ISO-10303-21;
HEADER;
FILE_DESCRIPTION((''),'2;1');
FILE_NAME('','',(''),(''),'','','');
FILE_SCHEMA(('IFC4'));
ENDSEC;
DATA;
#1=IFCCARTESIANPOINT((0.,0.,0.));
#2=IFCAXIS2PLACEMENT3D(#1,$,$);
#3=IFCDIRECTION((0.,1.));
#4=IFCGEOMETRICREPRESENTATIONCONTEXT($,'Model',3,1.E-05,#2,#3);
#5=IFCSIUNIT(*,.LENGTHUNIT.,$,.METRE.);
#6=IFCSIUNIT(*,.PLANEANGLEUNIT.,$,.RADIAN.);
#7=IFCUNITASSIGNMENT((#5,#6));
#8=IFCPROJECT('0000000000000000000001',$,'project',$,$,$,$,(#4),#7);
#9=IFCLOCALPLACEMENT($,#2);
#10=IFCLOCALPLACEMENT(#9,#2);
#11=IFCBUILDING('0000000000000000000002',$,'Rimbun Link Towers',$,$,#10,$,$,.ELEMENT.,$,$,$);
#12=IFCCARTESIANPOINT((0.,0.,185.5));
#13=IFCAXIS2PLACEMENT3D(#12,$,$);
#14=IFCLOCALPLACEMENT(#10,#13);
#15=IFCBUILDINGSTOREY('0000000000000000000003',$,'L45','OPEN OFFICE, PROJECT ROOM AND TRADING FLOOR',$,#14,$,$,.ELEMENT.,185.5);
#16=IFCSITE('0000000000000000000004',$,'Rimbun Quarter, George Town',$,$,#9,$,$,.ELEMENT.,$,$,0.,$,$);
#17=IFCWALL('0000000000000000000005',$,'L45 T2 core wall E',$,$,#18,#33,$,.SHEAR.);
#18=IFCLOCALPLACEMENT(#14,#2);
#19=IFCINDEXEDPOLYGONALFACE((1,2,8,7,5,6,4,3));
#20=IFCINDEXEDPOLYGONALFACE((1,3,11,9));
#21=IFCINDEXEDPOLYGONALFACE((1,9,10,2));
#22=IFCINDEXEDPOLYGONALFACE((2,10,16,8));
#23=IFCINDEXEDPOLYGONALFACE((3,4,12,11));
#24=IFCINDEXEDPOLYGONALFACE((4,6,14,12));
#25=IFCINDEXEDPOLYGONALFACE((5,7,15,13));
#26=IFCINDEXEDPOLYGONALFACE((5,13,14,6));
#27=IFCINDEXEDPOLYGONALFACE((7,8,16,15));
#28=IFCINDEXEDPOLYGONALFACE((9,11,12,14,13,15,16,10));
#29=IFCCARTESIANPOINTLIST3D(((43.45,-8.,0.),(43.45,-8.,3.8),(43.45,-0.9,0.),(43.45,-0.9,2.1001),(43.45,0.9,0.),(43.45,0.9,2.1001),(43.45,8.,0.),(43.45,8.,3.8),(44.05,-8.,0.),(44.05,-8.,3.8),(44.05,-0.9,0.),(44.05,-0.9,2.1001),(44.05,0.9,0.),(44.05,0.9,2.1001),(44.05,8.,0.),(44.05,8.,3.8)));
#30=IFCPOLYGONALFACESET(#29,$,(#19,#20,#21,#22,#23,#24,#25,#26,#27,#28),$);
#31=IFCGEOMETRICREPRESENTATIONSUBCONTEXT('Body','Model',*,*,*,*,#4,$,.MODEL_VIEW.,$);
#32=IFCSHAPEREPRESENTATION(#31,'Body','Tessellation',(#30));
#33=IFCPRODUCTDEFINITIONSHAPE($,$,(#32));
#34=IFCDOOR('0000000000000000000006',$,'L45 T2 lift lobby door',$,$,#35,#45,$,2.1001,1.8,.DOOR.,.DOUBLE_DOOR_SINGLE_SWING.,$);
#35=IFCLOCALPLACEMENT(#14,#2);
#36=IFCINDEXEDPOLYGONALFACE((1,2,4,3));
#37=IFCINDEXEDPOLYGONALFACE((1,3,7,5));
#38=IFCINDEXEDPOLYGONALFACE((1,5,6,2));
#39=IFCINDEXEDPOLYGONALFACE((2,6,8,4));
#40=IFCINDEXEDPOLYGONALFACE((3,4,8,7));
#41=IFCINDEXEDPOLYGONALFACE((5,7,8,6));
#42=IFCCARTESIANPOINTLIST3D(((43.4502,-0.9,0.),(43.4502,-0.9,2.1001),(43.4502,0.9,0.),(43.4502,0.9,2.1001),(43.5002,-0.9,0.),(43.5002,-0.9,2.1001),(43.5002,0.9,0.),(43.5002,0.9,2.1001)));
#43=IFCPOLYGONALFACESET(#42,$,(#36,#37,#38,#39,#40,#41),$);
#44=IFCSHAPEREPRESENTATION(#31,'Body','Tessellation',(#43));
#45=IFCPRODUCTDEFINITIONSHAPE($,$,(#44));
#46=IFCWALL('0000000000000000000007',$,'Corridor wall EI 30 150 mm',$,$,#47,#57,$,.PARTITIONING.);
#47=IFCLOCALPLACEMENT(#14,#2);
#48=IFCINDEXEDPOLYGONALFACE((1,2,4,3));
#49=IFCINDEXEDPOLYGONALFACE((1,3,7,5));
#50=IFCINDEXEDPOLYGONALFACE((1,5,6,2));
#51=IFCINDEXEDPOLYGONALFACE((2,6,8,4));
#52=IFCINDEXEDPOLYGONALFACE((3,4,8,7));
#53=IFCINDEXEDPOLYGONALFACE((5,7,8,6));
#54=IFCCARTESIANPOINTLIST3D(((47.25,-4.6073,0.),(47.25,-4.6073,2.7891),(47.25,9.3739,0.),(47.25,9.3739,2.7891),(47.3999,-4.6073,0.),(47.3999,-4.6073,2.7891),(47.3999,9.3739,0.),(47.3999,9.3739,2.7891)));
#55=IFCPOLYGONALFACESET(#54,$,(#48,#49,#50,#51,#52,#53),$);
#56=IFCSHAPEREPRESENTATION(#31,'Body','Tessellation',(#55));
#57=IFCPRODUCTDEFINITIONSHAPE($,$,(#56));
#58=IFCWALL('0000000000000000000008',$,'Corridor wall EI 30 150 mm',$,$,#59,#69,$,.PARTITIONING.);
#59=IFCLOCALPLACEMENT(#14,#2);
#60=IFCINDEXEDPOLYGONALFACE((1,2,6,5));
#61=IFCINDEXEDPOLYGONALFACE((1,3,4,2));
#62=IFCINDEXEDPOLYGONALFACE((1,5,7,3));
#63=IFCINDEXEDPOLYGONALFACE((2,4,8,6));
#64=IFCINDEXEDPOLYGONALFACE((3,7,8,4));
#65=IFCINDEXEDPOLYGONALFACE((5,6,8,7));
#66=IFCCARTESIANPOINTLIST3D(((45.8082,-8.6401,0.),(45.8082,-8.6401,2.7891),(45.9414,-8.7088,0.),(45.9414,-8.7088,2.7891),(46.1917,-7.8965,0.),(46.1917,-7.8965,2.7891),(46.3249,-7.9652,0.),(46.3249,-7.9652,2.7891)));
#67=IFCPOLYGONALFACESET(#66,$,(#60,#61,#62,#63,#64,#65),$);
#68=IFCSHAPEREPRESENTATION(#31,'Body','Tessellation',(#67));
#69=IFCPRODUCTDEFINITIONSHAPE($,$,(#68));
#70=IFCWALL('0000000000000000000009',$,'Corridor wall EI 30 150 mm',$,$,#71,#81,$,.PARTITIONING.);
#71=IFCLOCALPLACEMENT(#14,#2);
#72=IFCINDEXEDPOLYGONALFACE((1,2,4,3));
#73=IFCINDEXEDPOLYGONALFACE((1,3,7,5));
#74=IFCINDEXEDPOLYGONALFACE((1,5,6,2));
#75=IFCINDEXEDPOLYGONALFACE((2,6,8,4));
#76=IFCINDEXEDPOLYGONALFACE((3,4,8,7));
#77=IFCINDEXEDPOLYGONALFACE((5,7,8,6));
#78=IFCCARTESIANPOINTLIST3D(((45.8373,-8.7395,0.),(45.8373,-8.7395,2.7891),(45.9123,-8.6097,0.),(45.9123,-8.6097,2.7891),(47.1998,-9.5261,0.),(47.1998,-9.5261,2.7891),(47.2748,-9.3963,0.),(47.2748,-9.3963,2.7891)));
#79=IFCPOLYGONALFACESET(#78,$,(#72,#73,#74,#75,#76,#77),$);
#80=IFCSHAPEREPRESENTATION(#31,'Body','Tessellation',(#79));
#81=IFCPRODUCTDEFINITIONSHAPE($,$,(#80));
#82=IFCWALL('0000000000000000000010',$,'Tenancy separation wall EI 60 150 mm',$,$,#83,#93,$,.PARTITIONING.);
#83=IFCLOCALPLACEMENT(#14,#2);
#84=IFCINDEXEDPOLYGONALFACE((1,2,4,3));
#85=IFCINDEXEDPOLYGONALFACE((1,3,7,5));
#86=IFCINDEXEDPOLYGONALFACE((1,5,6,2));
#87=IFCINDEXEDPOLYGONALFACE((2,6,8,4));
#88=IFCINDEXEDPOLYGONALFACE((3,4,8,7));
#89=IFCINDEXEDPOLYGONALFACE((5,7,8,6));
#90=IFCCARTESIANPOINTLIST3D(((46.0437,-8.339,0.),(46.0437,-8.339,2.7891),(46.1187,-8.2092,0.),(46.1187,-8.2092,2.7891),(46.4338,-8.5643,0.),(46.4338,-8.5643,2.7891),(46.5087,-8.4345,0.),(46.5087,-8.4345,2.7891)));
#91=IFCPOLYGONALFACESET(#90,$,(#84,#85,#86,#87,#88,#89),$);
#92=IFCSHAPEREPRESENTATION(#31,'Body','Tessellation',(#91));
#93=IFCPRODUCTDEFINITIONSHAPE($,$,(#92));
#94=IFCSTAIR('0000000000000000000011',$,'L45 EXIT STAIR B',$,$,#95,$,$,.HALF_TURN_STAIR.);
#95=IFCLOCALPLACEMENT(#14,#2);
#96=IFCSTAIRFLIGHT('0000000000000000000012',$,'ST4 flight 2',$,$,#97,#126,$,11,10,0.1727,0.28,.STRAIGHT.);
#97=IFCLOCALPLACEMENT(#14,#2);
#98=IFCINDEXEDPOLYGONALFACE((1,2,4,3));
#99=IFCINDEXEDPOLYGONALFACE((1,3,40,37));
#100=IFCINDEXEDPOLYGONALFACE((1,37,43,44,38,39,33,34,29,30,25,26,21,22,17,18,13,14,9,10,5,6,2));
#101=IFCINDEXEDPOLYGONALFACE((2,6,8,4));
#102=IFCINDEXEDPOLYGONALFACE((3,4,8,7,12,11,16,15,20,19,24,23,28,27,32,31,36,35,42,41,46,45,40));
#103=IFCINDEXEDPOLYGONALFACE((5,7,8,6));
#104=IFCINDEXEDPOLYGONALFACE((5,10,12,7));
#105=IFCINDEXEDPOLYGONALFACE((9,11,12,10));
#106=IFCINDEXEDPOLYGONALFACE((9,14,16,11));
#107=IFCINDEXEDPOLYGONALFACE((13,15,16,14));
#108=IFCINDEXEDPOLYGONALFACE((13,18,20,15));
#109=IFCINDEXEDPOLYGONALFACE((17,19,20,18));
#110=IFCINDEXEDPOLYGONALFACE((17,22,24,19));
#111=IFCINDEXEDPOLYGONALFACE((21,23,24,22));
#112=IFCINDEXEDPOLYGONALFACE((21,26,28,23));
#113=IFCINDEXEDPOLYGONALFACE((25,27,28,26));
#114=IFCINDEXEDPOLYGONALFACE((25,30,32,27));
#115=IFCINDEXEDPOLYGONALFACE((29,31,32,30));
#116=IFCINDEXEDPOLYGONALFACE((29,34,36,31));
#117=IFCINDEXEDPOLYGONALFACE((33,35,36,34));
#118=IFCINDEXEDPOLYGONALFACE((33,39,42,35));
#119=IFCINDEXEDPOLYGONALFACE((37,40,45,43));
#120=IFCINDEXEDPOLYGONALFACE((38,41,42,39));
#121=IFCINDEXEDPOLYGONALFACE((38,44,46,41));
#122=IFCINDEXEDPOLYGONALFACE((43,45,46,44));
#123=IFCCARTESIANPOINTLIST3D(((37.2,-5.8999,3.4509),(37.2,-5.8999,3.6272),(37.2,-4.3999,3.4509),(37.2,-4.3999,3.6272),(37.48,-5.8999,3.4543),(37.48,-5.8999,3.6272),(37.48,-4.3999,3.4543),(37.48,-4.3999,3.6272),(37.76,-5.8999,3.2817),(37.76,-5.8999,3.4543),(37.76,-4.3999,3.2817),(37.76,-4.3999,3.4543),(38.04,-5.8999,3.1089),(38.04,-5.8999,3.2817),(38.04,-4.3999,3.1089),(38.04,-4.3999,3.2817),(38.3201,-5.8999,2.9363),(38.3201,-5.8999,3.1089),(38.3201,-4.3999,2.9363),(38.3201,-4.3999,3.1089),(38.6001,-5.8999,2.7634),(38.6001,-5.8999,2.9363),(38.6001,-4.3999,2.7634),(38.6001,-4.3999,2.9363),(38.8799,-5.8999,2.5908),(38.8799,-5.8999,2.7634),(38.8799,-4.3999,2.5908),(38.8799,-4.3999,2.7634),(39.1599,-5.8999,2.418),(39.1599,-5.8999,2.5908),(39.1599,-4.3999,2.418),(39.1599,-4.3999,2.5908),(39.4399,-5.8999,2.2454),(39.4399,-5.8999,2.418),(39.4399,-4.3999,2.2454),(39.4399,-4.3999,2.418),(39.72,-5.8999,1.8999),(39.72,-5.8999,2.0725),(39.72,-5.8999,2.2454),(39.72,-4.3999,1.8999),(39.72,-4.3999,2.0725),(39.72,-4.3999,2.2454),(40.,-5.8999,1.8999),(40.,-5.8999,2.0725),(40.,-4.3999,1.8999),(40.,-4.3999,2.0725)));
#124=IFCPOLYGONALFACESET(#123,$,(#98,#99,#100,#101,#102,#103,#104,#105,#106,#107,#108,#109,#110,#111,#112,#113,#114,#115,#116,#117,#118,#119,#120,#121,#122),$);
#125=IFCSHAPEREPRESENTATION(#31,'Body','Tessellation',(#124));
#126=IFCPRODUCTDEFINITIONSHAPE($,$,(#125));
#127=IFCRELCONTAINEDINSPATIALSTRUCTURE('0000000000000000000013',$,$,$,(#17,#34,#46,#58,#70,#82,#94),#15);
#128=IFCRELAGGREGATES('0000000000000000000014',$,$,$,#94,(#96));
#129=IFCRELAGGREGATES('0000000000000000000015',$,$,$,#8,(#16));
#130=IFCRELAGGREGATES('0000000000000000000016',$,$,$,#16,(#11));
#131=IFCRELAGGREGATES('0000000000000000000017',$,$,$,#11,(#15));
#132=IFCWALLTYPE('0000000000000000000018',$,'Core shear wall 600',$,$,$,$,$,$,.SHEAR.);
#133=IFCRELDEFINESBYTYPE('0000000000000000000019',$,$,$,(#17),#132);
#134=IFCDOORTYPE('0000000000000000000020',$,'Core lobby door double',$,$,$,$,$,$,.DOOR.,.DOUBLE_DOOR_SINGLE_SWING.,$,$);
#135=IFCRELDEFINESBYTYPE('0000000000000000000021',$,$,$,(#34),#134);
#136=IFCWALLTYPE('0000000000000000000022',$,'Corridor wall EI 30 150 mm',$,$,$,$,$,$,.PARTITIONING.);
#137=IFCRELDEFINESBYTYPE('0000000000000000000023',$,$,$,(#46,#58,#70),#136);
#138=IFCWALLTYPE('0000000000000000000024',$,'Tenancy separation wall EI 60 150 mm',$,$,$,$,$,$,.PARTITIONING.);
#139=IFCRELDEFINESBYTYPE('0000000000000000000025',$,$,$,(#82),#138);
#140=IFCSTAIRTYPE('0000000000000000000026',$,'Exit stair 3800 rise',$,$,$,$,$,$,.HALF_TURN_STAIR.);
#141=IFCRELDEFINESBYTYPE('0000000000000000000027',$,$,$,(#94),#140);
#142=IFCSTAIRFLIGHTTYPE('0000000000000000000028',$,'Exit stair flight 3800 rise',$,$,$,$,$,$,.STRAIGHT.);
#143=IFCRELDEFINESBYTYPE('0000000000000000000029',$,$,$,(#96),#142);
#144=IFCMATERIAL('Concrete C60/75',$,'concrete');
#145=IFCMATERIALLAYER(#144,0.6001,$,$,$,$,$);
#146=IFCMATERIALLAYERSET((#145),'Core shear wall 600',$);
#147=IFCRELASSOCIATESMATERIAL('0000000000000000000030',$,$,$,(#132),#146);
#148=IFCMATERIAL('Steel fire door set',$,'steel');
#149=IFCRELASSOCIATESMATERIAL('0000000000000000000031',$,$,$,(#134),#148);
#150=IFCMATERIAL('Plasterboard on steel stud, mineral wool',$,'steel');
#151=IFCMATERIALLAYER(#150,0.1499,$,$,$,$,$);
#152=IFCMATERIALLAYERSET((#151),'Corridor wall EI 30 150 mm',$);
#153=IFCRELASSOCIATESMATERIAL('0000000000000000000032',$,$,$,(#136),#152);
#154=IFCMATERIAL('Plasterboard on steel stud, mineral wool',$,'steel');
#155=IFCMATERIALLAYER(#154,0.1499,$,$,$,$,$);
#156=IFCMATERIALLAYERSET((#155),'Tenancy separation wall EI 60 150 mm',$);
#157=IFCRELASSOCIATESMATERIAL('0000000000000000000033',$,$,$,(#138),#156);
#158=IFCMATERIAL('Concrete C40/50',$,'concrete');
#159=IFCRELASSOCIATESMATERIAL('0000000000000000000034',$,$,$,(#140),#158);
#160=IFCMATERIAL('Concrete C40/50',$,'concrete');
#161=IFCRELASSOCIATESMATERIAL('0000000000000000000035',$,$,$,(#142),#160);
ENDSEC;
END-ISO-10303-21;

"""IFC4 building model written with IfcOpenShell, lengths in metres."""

from ifc_helpers import new_model, si_unit, direction, frame, frame_2d, origin, place, context, subcontext, project, spatial, polyline, rectangle, outline, extrude, material, layer, layer_set, type_object, element, fill, aggregate, save


model = new_model("IFC4")

# Units and contexts
model_context = context("Model", 3, precision=1e-05, world=origin(), true_north=direction((0.0, 1.0)))
body_context = subcontext(model_context, "Body", "Model", "MODEL_VIEW")
ifc_project = project(units=[si_unit("LENGTHUNIT", "METRE"), si_unit("PLANEANGLEUNIT", "RADIAN")], contexts=[model_context])

# Site, building, storey
site_placement = place(None, origin())
site = spatial("IfcSite", under=ifc_project, at=site_placement, Name="Rimbun Quarter, George Town", CompositionType="ELEMENT", RefElevation=0.0)
building_placement = place(site_placement, origin())
building = spatial("IfcBuilding", under=site, at=building_placement, Name="Rimbun Link Towers", CompositionType="ELEMENT")
storey_placement = place(building_placement, frame((0.0, 0.0, 185.5)))
storey = spatial("IfcBuildingStorey", under=building, at=storey_placement, Name="L45", Description="OPEN OFFICE, PROJECT ROOM AND TRADING FLOOR", CompositionType="ELEMENT", Elevation=185.5)

# Wall, opening, door
ifc_material_1 = material(Name="Concrete C60/75", Category="concrete")
ifc_layer_1 = layer(ifc_material_1, 0.6001)
ifc_layer_set_1 = layer_set([ifc_layer_1], Name="Core shear wall 600")
wall_type_1 = type_object("IfcWallType", Name="Core shear wall 600", PredefinedType="SHEAR", material=ifc_layer_set_1)
wall_1_placement = place(storey_placement, frame((43.75, -8.0, 0.0), z_axis=(0.0, 0.0, 1.0), x_axis=(0.0, 1.0, 0.0)))
wall_1 = element("IfcWall", 1, at=wall_1_placement, inside=storey, type_object=wall_type_1, Name="L45 T2 core wall E", PredefinedType="SHEAR", context=body_context, shape_type="SweptSolid", body=[
    extrude(rectangle(XDim=16.0, YDim=0.6001, at=frame_2d((8.0, 0.0))), origin(), (0.0, 0.0, 1.0), 3.8),
])
opening_1_placement = place(wall_1_placement, frame((7.1001, 0.0, 0.0)))
opening_1 = element("IfcOpeningElement", 2, at=opening_1_placement, cuts=wall_1, PredefinedType="OPENING", context=body_context, shape_type="SweptSolid", body=[
    extrude(rectangle(XDim=1.8, YDim=2.1001, at=frame_2d((0.8999, 1.05))), frame((0.0, 0.3101, 0.0), z_axis=(0.0, -1.0, 0.0), x_axis=(1.0, 0.0, 0.0)), (0.0, 0.0, 1.0), 0.6201),
])
ifc_material_2 = material(Name="Steel fire door set", Category="steel")
door_type = type_object("IfcDoorType", Name="Core lobby door double", OperationType="DOUBLE_DOOR_SINGLE_SWING", PredefinedType="DOOR", material=ifc_material_2)
door_placement = place(opening_1_placement, origin())
door = element("IfcDoor", 3, at=door_placement, inside=storey, type_object=door_type, Name="L45 T2 lift lobby door", OperationType="DOUBLE_DOOR_SINGLE_SWING", OverallHeight=2.1001, OverallWidth=1.8, PredefinedType="DOOR", context=body_context, shape_type="SweptSolid", body=[
    extrude(rectangle(XDim=1.8, YDim=2.1001, at=frame_2d((0.8999, 1.05))), frame((0.0, 0.2998, 0.0), z_axis=(0.0, -1.0, 0.0), x_axis=(1.0, 0.0, 0.0)), (0.0, 0.0, 1.0), 0.05),
])
fill(opening_1, door)

# Walls
ifc_material_3 = material(Name="Plasterboard on steel stud, mineral wool", Category="steel")
ifc_layer_2 = layer(ifc_material_3, 0.1499)
ifc_layer_set_2 = layer_set([ifc_layer_2], Name="Corridor wall EI 30 150 mm")
wall_type_2 = type_object("IfcWallType", Name="Corridor wall EI 30 150 mm", PredefinedType="PARTITIONING", material=ifc_layer_set_2)
wall_2_placement = place(storey_placement, frame((47.325, -4.6074, 0.0), z_axis=(0.0, 0.0, 1.0), x_axis=(0.0, 1.0, 0.0)))
element("IfcWall", 4, at=wall_2_placement, inside=storey, type_object=wall_type_2, Name="Corridor wall EI 30 150 mm", PredefinedType="PARTITIONING", context=body_context, shape_type="SweptSolid", body=[
    extrude(rectangle(XDim=13.9812, YDim=0.1499, at=frame_2d((6.9907, 0.0))), origin(), (0.0, 0.0, 1.0), 2.7891),
])
wall_3_placement = place(storey_placement, frame((45.8748, -8.6746, 0.0), z_axis=(0.0, 0.0, 1.0), x_axis=(0.458383, 0.888755, 0.0)))
element("IfcWall", 5, at=wall_3_placement, inside=storey, type_object=wall_type_2, Name="Corridor wall EI 30 150 mm", PredefinedType="PARTITIONING", context=body_context, shape_type="SweptSolid", body=[
    extrude(rectangle(XDim=0.8367, YDim=0.1499, at=frame_2d((0.4185, 0.0))), origin(), (0.0, 0.0, 1.0), 2.7891),
])
wall_4_placement = place(storey_placement, frame((47.2373, -9.4612, 0.0), z_axis=(0.0, 0.0, 1.0), x_axis=(-0.866038, 0.499978, 0.0)))
element("IfcWall", 6, at=wall_4_placement, inside=storey, type_object=wall_type_2, Name="Corridor wall EI 30 150 mm", PredefinedType="PARTITIONING", context=body_context, shape_type="SweptSolid", body=[
    extrude(rectangle(XDim=1.5732, YDim=0.1499, at=frame_2d((0.7866, 0.0))), origin(), (0.0, 0.0, 1.0), 2.7891),
])
ifc_material_4 = material(Name="Plasterboard on steel stud, mineral wool", Category="steel")
ifc_layer_3 = layer(ifc_material_4, 0.1499)
ifc_layer_set_3 = layer_set([ifc_layer_3], Name="Tenancy separation wall EI 60 150 mm")
wall_type_3 = type_object("IfcWallType", Name="Tenancy separation wall EI 60 150 mm", PredefinedType="PARTITIONING", material=ifc_layer_set_3)
wall_5_placement = place(storey_placement, frame((46.0813, -8.2742, 0.0), z_axis=(0.0, 0.0, 1.0), x_axis=(0.865933, -0.50016, 0.0)))
element("IfcWall", 7, at=wall_5_placement, inside=storey, type_object=wall_type_3, Name="Tenancy separation wall EI 60 150 mm", PredefinedType="PARTITIONING", context=body_context, shape_type="SweptSolid", body=[
    extrude(rectangle(XDim=0.4504, YDim=0.1499, at=frame_2d((0.2251, 0.0))), origin(), (0.0, 0.0, 1.0), 2.7891),
])

# Stair, stair flight
ifc_material_5 = material(Name="Concrete C40/50", Category="concrete")
stair_type = type_object("IfcStairType", Name="Exit stair 3800 rise", PredefinedType="HALF_TURN_STAIR", material=ifc_material_5)
stair_placement = place(storey_placement, origin())
stair = element("IfcStair", 8, at=stair_placement, inside=storey, type_object=stair_type, Name="L45 EXIT STAIR B", PredefinedType="HALF_TURN_STAIR")
ifc_material_6 = material(Name="Concrete C40/50", Category="concrete")
stair_flight_type = type_object("IfcStairFlightType", Name="Exit stair flight 3800 rise", PredefinedType="STRAIGHT", material=ifc_material_6)
stair_flight_placement = place(storey_placement, frame((40.0, -5.1499, 1.8999), z_axis=(0.0, 0.0, 1.0), x_axis=(-1.0, 0.0, 0.0)))
stair_flight = element("IfcStairFlight", 9, at=stair_flight_placement, type_object=stair_flight_type, Name="ST4 flight 2", NumberOfRisers=11, NumberOfTreads=10, PredefinedType="STRAIGHT", RiserHeight=0.1727, TreadLength=0.28, context=body_context, shape_type="SweptSolid", body=[
    extrude(outline(polyline([(0.0, 0.0), (0.0, 0.1726), (0.28, 0.1726), (0.28, 0.3455), (0.5601, 0.3455), (0.5601, 0.5181), (0.8401, 0.5181), (0.8401, 0.6909), (1.1201, 0.6909), (1.1201, 0.8635), (1.3999, 0.8635), (1.3999, 1.0364), (1.6799, 1.0364), (1.6799, 1.209), (1.96, 1.209), (1.96, 1.3818), (2.24, 1.3818), (2.24, 1.5544), (2.52, 1.5544), (2.52, 1.7273), (2.8, 1.7273), (2.8, 1.8999), (2.8, 1.551), (0.28, 0.0), (0.0, 0.0)])), frame((0.0, 0.75, 0.0), z_axis=(0.0, -1.0, 0.0), x_axis=(1.0, 0.0, 0.0)), (0.0, 0.0, 1.0), 1.5),
])
aggregate(stair, [stair_flight])

save(model, "model.ifc")
